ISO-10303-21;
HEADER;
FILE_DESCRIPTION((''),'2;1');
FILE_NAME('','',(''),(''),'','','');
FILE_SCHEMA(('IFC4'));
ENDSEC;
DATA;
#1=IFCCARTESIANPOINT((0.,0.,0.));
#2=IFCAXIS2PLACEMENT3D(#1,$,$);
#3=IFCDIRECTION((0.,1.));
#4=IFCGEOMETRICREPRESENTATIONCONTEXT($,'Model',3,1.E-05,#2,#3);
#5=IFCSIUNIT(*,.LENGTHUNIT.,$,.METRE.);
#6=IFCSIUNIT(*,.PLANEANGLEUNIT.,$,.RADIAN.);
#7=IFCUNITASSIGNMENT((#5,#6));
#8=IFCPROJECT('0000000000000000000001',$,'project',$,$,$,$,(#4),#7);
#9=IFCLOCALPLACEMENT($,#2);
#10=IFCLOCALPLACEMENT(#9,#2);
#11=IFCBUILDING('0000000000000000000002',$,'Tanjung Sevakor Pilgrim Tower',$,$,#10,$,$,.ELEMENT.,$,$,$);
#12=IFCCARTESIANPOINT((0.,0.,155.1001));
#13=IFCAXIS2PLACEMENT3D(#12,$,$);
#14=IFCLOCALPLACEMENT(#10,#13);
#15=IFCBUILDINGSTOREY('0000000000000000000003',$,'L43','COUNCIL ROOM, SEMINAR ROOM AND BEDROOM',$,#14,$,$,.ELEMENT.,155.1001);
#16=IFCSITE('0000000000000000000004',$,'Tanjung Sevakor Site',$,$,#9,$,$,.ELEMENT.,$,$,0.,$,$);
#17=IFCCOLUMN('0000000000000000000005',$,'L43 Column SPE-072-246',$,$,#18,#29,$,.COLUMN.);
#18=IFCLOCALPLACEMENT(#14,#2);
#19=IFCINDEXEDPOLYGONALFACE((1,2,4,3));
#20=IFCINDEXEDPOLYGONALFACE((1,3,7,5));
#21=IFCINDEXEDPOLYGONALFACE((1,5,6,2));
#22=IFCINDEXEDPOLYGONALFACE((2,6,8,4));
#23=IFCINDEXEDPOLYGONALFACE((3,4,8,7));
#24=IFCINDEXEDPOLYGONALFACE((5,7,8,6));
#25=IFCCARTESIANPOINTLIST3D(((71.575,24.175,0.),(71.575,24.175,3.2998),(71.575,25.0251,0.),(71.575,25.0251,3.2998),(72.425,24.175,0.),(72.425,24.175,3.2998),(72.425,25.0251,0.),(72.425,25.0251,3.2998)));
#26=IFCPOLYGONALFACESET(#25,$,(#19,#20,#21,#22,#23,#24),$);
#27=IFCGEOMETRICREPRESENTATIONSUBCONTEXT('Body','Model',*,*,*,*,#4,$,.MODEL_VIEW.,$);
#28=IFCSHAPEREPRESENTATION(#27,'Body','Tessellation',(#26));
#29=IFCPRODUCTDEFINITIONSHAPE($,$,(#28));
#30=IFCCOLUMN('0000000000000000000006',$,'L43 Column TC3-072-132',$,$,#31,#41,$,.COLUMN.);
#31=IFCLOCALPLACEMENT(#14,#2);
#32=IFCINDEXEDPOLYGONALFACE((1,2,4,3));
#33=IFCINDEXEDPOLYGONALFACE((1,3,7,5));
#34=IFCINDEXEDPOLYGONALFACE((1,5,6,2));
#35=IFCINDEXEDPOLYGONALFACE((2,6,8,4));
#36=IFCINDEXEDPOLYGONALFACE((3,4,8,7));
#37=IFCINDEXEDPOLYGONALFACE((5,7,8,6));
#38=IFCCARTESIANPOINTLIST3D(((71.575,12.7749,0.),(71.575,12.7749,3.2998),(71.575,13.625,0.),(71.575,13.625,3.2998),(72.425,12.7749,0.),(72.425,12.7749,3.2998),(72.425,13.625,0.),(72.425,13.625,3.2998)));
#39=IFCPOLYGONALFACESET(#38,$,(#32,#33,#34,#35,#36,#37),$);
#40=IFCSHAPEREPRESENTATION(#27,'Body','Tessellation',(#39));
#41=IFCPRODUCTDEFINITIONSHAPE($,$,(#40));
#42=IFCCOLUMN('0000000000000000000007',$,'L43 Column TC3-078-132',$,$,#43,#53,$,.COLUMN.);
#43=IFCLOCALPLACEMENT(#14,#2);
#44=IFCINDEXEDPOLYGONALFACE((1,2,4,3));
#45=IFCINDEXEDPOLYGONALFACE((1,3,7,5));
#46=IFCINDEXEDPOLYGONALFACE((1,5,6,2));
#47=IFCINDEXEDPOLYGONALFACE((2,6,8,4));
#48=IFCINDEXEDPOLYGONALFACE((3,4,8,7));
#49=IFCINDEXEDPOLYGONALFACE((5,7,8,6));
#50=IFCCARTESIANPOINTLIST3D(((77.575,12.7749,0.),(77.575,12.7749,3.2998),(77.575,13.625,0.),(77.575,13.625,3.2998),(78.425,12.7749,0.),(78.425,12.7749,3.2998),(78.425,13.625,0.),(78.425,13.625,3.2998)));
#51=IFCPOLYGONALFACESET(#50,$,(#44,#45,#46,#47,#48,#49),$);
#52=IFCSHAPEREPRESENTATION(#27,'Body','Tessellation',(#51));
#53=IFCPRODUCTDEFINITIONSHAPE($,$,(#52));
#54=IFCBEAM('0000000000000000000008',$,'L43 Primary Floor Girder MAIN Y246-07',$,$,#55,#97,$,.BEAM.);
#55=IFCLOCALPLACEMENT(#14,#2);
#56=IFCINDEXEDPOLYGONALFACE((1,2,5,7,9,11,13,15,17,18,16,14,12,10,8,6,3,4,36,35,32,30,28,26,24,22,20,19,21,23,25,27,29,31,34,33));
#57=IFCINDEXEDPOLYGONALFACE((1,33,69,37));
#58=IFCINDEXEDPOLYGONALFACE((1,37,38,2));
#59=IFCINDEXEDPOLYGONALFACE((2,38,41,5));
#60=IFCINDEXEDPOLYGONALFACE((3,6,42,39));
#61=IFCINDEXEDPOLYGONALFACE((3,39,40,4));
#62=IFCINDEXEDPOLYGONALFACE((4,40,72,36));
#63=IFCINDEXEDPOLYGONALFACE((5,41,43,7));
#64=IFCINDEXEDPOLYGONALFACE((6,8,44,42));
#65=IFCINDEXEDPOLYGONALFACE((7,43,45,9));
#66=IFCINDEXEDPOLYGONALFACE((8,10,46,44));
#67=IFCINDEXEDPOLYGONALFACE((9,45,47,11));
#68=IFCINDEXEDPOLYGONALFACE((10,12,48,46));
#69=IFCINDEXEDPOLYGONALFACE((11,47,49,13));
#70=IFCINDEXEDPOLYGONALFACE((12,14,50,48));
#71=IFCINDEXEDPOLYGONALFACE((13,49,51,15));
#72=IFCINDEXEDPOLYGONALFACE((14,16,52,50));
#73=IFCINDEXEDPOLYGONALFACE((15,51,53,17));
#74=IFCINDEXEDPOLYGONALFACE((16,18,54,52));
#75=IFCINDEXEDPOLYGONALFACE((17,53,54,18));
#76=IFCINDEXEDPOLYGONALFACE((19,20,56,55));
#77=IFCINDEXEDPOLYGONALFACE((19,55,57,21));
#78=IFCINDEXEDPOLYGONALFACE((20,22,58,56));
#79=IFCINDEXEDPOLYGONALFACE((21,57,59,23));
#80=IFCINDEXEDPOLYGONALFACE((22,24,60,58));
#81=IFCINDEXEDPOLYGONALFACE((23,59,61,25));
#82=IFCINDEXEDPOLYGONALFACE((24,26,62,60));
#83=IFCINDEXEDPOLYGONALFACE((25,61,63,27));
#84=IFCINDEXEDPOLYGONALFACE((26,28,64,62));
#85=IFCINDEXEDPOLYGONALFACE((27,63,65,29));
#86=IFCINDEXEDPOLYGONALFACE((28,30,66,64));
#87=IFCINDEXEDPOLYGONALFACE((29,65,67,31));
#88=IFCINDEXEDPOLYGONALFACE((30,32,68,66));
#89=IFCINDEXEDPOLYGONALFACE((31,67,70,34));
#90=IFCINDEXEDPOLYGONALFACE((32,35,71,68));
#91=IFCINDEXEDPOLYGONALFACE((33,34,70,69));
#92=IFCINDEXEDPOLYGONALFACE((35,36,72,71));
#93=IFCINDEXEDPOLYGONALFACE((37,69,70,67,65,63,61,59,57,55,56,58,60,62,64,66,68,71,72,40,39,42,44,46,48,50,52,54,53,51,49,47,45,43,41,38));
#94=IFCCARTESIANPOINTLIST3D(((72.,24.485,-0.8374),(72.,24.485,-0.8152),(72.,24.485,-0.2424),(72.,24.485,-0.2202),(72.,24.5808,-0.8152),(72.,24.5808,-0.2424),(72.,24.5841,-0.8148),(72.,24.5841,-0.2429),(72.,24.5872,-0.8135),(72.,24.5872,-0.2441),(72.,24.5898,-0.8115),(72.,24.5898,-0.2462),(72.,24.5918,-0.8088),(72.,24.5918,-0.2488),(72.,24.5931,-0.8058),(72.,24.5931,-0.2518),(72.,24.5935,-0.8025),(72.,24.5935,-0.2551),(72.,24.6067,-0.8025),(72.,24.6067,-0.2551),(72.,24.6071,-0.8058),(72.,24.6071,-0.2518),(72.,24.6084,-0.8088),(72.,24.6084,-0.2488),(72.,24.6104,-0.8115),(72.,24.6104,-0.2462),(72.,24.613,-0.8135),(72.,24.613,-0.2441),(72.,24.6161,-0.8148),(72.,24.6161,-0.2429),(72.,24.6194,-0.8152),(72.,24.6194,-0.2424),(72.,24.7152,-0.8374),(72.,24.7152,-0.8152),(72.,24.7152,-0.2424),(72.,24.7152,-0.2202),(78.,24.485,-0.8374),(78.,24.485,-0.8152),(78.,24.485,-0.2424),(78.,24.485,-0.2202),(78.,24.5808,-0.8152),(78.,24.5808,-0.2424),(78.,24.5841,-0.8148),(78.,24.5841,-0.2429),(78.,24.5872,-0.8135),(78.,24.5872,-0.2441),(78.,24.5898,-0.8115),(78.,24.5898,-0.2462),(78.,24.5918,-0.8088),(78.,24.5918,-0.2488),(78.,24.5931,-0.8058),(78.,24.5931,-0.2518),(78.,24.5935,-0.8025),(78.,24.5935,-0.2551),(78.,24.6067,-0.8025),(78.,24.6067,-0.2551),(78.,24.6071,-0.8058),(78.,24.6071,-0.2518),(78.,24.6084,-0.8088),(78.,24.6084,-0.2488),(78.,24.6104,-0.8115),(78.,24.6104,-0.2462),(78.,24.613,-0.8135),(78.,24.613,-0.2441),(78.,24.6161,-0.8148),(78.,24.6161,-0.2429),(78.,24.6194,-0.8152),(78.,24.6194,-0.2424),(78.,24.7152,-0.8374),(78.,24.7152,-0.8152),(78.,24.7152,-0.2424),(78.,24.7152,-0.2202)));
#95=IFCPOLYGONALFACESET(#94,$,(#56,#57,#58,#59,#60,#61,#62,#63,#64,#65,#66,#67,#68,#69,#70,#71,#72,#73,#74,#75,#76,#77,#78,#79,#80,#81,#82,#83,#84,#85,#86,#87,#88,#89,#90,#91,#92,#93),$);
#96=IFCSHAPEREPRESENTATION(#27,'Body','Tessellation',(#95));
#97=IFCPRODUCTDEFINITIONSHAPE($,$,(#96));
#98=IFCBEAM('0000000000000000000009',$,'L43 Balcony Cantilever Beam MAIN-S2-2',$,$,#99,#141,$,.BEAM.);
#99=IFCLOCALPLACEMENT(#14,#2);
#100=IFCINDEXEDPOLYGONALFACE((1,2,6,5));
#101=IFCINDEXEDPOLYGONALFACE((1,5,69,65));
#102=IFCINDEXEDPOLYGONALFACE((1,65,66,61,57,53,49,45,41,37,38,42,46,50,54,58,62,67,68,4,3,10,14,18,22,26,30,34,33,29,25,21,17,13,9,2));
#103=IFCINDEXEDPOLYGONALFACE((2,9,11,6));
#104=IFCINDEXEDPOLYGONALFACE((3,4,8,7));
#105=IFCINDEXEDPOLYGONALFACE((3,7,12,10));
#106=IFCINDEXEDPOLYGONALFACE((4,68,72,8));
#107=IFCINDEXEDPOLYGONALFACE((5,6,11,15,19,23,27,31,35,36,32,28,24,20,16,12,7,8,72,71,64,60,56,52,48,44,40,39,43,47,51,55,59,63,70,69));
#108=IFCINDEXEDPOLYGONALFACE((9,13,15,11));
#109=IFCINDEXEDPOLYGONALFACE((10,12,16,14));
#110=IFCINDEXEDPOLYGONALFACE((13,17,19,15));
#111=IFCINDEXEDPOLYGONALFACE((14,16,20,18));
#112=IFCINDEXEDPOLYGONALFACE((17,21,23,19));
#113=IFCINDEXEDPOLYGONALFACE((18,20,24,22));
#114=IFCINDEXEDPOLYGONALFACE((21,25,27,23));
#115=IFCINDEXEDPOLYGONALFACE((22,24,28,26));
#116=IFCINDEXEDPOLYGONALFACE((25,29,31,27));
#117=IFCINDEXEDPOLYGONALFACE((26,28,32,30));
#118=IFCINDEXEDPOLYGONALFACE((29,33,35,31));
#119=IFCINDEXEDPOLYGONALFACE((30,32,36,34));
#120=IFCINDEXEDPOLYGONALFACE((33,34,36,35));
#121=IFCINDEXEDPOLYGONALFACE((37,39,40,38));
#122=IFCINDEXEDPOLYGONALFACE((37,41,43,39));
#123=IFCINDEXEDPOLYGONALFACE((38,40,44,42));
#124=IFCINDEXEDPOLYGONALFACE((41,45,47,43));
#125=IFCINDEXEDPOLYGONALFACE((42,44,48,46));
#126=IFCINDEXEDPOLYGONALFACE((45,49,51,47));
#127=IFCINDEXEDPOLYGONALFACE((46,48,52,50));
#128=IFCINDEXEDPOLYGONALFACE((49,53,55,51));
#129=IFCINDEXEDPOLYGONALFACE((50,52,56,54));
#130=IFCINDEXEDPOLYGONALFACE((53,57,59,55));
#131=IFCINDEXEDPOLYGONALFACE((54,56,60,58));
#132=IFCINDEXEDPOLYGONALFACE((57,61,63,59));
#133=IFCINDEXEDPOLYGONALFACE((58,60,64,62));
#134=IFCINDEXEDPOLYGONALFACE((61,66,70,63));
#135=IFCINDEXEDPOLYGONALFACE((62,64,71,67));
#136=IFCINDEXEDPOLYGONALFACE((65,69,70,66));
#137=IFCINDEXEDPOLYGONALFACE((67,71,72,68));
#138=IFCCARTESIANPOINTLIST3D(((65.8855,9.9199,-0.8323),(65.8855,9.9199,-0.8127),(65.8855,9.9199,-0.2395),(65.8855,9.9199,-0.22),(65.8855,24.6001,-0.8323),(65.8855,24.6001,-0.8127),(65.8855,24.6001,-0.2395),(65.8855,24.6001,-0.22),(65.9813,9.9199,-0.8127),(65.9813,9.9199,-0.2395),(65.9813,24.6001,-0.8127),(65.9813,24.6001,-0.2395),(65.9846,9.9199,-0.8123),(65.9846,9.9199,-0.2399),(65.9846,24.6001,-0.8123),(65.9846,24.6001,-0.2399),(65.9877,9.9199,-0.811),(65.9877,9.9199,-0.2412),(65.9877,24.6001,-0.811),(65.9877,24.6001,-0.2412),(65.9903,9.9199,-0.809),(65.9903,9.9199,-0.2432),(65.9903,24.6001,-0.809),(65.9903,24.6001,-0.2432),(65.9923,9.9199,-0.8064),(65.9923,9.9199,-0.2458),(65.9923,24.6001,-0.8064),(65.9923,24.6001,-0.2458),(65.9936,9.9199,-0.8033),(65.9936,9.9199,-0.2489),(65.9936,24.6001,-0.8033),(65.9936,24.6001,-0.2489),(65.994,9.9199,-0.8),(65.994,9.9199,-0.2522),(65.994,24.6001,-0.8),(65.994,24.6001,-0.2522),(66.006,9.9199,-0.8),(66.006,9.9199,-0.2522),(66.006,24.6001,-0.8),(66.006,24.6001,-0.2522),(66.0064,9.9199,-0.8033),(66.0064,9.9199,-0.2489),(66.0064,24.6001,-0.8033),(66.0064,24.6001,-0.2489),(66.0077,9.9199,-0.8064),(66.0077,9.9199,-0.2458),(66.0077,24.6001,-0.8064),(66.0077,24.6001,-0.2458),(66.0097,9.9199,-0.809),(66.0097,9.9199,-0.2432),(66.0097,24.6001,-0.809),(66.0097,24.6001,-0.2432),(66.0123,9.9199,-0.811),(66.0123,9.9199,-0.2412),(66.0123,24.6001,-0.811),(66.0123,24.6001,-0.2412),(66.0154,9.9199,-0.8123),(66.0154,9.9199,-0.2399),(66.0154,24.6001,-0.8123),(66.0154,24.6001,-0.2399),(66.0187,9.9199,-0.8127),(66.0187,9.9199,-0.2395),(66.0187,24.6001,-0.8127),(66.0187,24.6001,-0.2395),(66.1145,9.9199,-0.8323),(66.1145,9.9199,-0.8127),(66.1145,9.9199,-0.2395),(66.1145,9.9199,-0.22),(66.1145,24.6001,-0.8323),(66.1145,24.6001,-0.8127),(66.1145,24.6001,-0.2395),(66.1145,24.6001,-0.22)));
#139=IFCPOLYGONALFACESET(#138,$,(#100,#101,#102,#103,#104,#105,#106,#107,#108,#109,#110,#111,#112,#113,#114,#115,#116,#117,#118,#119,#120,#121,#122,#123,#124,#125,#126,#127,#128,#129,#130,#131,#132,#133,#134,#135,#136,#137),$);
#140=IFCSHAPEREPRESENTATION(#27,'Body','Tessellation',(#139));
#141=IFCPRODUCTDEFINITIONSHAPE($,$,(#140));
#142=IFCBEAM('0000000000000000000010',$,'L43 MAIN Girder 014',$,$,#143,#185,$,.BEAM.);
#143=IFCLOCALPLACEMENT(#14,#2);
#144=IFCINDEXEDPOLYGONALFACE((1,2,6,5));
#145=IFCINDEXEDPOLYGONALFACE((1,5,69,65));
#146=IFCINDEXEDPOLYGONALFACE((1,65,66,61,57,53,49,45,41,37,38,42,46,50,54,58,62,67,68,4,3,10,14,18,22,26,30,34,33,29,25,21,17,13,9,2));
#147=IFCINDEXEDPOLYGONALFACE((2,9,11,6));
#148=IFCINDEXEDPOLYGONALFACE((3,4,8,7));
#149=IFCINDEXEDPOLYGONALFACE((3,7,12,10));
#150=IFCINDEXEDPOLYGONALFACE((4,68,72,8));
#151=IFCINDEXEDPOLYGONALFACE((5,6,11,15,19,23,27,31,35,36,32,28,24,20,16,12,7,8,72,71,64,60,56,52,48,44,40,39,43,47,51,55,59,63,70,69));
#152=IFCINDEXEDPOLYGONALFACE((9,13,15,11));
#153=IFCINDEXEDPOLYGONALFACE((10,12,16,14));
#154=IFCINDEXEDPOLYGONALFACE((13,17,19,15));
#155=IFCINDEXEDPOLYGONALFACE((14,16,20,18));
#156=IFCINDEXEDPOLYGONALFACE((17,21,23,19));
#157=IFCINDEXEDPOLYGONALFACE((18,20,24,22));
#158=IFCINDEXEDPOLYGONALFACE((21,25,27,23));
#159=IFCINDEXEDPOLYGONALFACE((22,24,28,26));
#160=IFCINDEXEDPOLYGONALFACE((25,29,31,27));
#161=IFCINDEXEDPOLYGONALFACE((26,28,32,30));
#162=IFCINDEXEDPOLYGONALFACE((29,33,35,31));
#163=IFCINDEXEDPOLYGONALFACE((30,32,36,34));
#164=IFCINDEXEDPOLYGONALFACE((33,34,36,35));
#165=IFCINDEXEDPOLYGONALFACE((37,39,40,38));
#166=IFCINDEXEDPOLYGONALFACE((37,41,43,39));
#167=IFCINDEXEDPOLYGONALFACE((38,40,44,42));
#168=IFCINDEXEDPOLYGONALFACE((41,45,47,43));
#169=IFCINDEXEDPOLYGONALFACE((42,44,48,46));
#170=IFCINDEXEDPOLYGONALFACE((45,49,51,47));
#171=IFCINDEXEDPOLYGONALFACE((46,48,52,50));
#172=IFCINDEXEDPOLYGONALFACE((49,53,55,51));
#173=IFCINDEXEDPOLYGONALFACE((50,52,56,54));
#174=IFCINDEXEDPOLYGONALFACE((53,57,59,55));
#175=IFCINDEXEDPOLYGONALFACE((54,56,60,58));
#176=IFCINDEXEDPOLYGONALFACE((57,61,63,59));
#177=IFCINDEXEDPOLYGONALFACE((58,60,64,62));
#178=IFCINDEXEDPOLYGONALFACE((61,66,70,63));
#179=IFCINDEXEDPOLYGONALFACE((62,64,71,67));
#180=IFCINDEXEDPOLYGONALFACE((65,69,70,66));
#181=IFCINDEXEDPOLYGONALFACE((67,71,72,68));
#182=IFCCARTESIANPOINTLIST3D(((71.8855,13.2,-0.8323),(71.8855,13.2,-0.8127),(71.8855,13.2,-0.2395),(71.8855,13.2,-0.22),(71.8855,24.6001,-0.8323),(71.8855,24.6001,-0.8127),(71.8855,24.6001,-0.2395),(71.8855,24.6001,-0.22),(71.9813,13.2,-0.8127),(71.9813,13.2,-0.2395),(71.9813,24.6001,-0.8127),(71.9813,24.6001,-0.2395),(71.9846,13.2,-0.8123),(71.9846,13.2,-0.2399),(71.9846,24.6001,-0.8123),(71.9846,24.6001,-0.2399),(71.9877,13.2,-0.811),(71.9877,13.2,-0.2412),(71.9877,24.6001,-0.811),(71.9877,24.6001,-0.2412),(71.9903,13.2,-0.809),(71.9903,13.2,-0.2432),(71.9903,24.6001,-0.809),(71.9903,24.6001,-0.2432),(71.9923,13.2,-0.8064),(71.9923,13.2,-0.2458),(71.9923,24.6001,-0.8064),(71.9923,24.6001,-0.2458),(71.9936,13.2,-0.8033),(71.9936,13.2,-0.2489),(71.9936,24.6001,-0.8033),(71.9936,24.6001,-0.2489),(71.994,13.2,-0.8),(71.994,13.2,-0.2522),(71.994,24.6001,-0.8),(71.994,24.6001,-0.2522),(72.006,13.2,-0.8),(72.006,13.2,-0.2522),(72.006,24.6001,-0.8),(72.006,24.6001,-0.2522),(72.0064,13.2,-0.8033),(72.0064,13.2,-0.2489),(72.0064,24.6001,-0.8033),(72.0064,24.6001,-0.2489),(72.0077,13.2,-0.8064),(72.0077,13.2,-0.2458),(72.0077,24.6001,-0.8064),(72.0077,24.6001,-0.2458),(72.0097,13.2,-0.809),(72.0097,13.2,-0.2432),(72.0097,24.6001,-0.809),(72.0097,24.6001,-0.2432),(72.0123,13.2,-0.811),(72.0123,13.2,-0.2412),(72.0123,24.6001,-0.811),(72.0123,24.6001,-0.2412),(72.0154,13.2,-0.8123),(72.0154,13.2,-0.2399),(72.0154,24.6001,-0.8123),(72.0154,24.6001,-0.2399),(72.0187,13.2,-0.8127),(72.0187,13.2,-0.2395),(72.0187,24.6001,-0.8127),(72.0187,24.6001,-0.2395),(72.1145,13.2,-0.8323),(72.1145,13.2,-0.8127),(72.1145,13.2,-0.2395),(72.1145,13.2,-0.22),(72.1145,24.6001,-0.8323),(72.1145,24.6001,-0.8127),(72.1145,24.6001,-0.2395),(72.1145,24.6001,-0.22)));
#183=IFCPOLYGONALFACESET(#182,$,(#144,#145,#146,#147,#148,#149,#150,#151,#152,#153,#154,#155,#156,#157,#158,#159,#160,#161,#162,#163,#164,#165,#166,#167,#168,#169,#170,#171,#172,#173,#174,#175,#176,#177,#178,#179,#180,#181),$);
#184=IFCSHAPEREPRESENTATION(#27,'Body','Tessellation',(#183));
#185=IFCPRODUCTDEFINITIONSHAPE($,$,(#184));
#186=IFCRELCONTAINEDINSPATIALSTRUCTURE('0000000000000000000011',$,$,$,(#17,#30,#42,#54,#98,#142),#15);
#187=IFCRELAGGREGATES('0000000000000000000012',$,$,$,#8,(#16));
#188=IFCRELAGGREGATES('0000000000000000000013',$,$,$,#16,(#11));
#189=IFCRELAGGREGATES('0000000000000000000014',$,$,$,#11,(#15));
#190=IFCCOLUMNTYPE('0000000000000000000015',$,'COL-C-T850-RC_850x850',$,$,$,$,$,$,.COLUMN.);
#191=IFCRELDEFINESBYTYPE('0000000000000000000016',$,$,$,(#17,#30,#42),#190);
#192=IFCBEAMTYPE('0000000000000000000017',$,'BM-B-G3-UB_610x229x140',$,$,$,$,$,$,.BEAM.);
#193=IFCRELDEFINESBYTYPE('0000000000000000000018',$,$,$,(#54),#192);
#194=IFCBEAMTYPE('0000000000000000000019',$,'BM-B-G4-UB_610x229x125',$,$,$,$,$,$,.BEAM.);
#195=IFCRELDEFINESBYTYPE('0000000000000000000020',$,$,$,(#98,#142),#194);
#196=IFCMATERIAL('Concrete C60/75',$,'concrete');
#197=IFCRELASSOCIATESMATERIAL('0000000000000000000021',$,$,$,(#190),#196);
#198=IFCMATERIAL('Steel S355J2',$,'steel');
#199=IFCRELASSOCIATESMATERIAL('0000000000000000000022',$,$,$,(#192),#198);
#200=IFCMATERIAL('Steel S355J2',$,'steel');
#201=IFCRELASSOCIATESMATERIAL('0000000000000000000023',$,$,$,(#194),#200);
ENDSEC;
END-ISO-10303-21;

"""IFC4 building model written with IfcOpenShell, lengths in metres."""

from ifc_helpers import new_model, si_unit, direction, frame, origin, origin_2d, place, context, subcontext, project, spatial, rectangle, i_section, extrude, material, material_profile, profile_set, type_object, element, save


model = new_model("IFC4")

# Units and contexts
model_context = context("Model", 3, precision=1e-05, world=origin(), true_north=direction((0.0, 1.0)))
body_context = subcontext(model_context, "Body", "Model", "MODEL_VIEW")
ifc_project = project(units=[si_unit("LENGTHUNIT", "METRE"), si_unit("PLANEANGLEUNIT", "RADIAN")], contexts=[model_context])

# Site, building, storey
site_placement = place(None, origin())
site = spatial("IfcSite", under=ifc_project, at=site_placement, Name="Tanjung Sevakor Site", CompositionType="ELEMENT", RefElevation=0.0)
building_placement = place(site_placement, origin())
building = spatial("IfcBuilding", under=site, at=building_placement, Name="Tanjung Sevakor Pilgrim Tower", CompositionType="ELEMENT")
storey_placement = place(building_placement, frame((0.0, 0.0, 155.1001)))
storey = spatial("IfcBuildingStorey", under=building, at=storey_placement, Name="L43", Description="COUNCIL ROOM, SEMINAR ROOM AND BEDROOM", CompositionType="ELEMENT", Elevation=155.1001)

# Columns
ifc_material_1 = material(Name="Concrete C60/75", Category="concrete")
ifc_material_profile_1 = material_profile(ifc_material_1, rectangle(XDim=0.8501, YDim=0.8501, at=origin_2d()))
ifc_profile_set_1 = profile_set([ifc_material_profile_1], Name="Concrete C60/75")
column_type = type_object("IfcColumnType", Name="COL-C-T850-RC_850x850", PredefinedType="COLUMN", material=ifc_profile_set_1)
for number, where, z_axis, x_axis, name in (
    (1, (72.0, 24.6001, 0.0), (0.0, 0.0, 1.0), (1.0, 0.0, 0.0), "L43 Column SPE-072-246"),
    (2, (72.0, 13.2, 0.0), (0.0, 0.0, 1.0), (1.0, 0.0, 0.0), "L43 Column TC3-072-132"),
    (3, (78.0, 13.2, 0.0), (0.0, 0.0, 1.0), (1.0, 0.0, 0.0), "L43 Column TC3-078-132"),
):
    element("IfcColumn", number, at=place(storey_placement, frame(where, z_axis=z_axis, x_axis=x_axis)), inside=storey, type_object=column_type, Name=name, PredefinedType="COLUMN", context=body_context, shape_type="SweptSolid", body=[
        extrude(rectangle(XDim=0.8501, YDim=0.8501, at=origin_2d()), origin(), (0.0, 0.0, 1.0), 3.2998),
    ])

# Beams
ifc_material_2 = material(Name="Steel S355J2", Category="steel")
ifc_material_profile_2 = material_profile(ifc_material_2, i_section(OverallWidth=0.2302, OverallDepth=0.6172, WebThickness=0.0132, FlangeThickness=0.0222, FilletRadius=0.0127, at=origin_2d()))
ifc_profile_set_2 = profile_set([ifc_material_profile_2], Name="Steel S355J2")
beam_type_1 = type_object("IfcBeamType", Name="BM-B-G3-UB_610x229x140", PredefinedType="BEAM", material=ifc_profile_set_2)
beam_1_placement = place(storey_placement, frame((72.0, 24.6001, -0.5288), z_axis=(1.0, 0.0, 0.0), x_axis=(0.0, 1.0, 0.0)))
element("IfcBeam", 4, at=beam_1_placement, inside=storey, type_object=beam_type_1, Name="L43 Primary Floor Girder MAIN Y246-07", PredefinedType="BEAM", context=body_context, shape_type="SweptSolid", body=[
    extrude(i_section(OverallWidth=0.2302, OverallDepth=0.6172, WebThickness=0.0132, FlangeThickness=0.0222, FilletRadius=0.0127, at=origin_2d()), origin(), (0.0, 0.0, 1.0), 6.0),
])
ifc_material_3 = material(Name="Steel S355J2", Category="steel")
ifc_material_profile_3 = material_profile(ifc_material_3, i_section(OverallWidth=0.229, OverallDepth=0.6123, WebThickness=0.012, FlangeThickness=0.0195, FilletRadius=0.0127, at=origin_2d()))
ifc_profile_set_3 = profile_set([ifc_material_profile_3], Name="Steel S355J2")
beam_type_2 = type_object("IfcBeamType", Name="BM-B-G4-UB_610x229x125", PredefinedType="BEAM", material=ifc_profile_set_3)
beam_2_placement = place(storey_placement, frame((66.0, 24.6001, -0.5261), z_axis=(0.0, -1.0, 0.0), x_axis=(1.0, 0.0, 0.0)))
element("IfcBeam", 5, at=beam_2_placement, inside=storey, type_object=beam_type_2, Name="L43 Balcony Cantilever Beam MAIN-S2-2", PredefinedType="BEAM", context=body_context, shape_type="SweptSolid", body=[
    extrude(i_section(OverallWidth=0.229, OverallDepth=0.6123, WebThickness=0.012, FlangeThickness=0.0195, FilletRadius=0.0127, at=origin_2d()), origin(), (0.0, 0.0, 1.0), 14.6802),
])
beam_3_placement = place(storey_placement, frame((72.0, 13.2, -0.5261), z_axis=(0.0, 1.0, 0.0), x_axis=(-1.0, 0.0, 0.0)))
element("IfcBeam", 6, at=beam_3_placement, inside=storey, type_object=beam_type_2, Name="L43 MAIN Girder 014", PredefinedType="BEAM", context=body_context, shape_type="SweptSolid", body=[
    extrude(i_section(OverallWidth=0.229, OverallDepth=0.6123, WebThickness=0.012, FlangeThickness=0.0195, FilletRadius=0.0127, at=origin_2d()), origin(), (0.0, 0.0, 1.0), 11.4001),
])

save(model, "model.ifc")
